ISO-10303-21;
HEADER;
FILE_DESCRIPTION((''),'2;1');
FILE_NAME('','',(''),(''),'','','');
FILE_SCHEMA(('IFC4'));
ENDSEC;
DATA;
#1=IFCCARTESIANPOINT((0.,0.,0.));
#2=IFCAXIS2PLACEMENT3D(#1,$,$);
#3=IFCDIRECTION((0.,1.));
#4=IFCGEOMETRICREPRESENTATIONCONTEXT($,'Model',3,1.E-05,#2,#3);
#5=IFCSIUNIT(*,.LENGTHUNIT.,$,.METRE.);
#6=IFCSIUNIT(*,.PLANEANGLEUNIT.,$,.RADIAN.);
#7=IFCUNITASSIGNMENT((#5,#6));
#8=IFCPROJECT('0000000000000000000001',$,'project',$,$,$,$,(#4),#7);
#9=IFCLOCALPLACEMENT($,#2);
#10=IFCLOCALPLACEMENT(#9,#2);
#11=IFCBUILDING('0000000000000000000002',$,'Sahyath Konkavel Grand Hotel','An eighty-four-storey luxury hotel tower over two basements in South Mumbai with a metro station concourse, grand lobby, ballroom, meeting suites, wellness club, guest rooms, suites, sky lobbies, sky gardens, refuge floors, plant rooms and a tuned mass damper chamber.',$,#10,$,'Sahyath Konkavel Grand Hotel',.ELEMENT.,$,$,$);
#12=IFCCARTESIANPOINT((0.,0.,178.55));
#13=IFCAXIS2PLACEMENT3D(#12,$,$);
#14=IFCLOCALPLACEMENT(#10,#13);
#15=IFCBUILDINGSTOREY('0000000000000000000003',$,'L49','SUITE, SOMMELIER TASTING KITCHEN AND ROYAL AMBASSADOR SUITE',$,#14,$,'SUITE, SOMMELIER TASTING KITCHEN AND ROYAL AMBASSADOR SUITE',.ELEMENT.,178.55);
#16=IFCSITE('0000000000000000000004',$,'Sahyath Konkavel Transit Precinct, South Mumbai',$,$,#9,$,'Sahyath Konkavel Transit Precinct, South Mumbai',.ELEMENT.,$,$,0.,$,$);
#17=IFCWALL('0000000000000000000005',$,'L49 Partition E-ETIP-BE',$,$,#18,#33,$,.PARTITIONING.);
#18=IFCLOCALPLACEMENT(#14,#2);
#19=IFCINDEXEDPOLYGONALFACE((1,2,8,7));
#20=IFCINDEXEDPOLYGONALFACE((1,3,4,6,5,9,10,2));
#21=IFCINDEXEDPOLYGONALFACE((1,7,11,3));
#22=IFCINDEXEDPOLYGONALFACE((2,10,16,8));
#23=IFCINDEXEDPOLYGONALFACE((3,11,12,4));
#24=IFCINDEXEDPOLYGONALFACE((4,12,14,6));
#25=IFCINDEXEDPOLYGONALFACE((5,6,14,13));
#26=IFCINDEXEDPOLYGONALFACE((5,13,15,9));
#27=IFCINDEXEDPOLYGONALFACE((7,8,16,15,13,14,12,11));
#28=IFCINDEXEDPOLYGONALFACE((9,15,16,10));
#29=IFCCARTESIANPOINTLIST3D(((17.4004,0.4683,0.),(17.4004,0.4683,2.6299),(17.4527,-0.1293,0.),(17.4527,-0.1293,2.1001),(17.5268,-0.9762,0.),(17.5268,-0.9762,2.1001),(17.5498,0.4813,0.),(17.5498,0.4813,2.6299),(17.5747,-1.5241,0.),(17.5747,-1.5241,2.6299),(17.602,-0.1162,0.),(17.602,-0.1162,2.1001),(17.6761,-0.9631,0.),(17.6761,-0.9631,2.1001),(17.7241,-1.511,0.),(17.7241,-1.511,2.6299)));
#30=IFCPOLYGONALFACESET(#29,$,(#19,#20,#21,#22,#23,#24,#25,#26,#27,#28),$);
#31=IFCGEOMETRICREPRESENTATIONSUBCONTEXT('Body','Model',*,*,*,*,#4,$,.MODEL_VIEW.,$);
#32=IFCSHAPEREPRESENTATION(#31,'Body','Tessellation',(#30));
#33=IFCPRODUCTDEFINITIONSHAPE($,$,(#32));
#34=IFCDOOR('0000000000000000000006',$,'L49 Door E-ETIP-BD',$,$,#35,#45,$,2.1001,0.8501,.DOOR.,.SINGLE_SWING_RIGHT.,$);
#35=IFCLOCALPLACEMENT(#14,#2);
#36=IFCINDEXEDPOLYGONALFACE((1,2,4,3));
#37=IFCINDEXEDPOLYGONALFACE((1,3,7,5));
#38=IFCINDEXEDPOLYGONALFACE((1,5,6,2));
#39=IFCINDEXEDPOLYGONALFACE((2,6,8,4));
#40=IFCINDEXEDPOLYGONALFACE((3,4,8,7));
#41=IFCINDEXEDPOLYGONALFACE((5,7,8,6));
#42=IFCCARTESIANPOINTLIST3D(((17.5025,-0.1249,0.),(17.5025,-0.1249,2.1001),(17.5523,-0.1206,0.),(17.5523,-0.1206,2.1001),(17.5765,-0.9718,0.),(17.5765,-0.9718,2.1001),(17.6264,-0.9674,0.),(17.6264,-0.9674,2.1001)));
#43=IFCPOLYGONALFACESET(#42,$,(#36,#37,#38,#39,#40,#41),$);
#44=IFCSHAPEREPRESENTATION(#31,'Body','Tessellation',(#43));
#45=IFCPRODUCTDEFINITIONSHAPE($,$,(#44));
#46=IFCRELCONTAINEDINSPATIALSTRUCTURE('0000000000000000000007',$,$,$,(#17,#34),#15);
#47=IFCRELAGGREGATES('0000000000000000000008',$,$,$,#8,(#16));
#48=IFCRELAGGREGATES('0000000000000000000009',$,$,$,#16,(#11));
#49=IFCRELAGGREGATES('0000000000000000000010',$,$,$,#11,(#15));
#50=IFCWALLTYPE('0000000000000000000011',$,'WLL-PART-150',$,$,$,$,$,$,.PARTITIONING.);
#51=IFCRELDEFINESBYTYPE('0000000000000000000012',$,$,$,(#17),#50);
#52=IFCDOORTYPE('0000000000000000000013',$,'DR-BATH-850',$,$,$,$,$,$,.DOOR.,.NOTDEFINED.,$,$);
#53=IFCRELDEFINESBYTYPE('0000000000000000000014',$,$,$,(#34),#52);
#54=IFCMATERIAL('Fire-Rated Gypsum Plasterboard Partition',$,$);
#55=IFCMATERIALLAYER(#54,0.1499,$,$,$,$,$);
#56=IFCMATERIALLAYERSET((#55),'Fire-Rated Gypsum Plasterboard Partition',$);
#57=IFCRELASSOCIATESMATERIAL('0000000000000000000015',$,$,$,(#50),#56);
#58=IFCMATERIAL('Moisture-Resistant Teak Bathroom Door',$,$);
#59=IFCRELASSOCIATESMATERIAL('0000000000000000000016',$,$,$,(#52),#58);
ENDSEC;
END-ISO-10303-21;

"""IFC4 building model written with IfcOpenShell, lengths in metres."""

from ifc_helpers import new_model, si_unit, direction, frame, frame_2d, origin, origin_2d, place, context, subcontext, project, spatial, rectangle, extrude, source, transform, mapped, material, layer, layer_set, type_object, element, fill, save


model = new_model("IFC4")

# Units and contexts
model_context = context("Model", 3, precision=1e-05, world=origin(), true_north=direction((0.0, 1.0)))
body_context = subcontext(model_context, "Body", "Model", "MODEL_VIEW")
ifc_project = project(units=[si_unit("LENGTHUNIT", "METRE"), si_unit("PLANEANGLEUNIT", "RADIAN")], contexts=[model_context])

# Site, building, storey
site_placement = place(None, origin())
site = spatial("IfcSite", under=ifc_project, at=site_placement, Name="Sahyath Konkavel Transit Precinct, South Mumbai", LongName="Sahyath Konkavel Transit Precinct, South Mumbai", CompositionType="ELEMENT", RefElevation=0.0)
building_placement = place(site_placement, origin())
building = spatial("IfcBuilding", under=site, at=building_placement, Name="Sahyath Konkavel Grand Hotel", Description="An eighty-four-storey luxury hotel tower over two basements in South Mumbai with a metro station concourse, grand lobby, ballroom, meeting suites, wellness club, guest rooms, suites, sky lobbies, sky gardens, refuge floors, plant rooms and a tuned mass damper chamber.", LongName="Sahyath Konkavel Grand Hotel", CompositionType="ELEMENT")
storey_placement = place(building_placement, frame((0.0, 0.0, 178.55)))
storey = spatial("IfcBuildingStorey", under=building, at=storey_placement, Name="L49", Description="SUITE, SOMMELIER TASTING KITCHEN AND ROYAL AMBASSADOR SUITE", LongName="SUITE, SOMMELIER TASTING KITCHEN AND ROYAL AMBASSADOR SUITE", CompositionType="ELEMENT", Elevation=178.55)

# Shared definitions
shared_shape_1 = source(origin(), body_context, "Body", "SweptSolid", [
    extrude(rectangle(XDim=0.8501, YDim=0.05, at=origin_2d()), origin(), (0.0, 0.0, 1.0), 2.1001),
])

# Shared definitions
ifc_material_1 = material(Name="Fire-Rated Gypsum Plasterboard Partition")
ifc_layer_1 = layer(ifc_material_1, 0.1499)
ifc_layer_set_1 = layer_set([ifc_layer_1], Name="Fire-Rated Gypsum Plasterboard Partition")
wall_type_1 = type_object("IfcWallType", Name="WLL-PART-150", PredefinedType="PARTITIONING", material=ifc_layer_set_1)

# Wall, opening, door
wall_1_placement = place(storey_placement, frame((17.6494, -1.5176, 0.0), z_axis=(0.0, 0.0, 1.0), x_axis=(-0.087156, 0.996195, 0.0)))
wall_1 = element("IfcWall", 1, at=wall_1_placement, inside=storey, type_object=wall_type_1, Name="L49 Partition E-ETIP-BE", PredefinedType="PARTITIONING", context=body_context, shape_type="SweptSolid", body=[
    extrude(rectangle(XDim=2.0, YDim=0.1499, at=frame_2d((1.0, 0.0))), origin(), (0.0, 0.0, 1.0), 2.6299),
])
opening_1_placement = place(wall_1_placement, frame((0.55, 0.0, 0.0)))
opening_1 = element("IfcOpeningElement", 2, at=opening_1_placement, cuts=wall_1, PredefinedType="OPENING", context=body_context, shape_type="SweptSolid", body=[
    extrude(rectangle(XDim=0.8501, YDim=2.1001, at=frame_2d((0.425, 1.05))), frame((0.0, 0.085, 0.0), z_axis=(0.0, -1.0, 0.0), x_axis=(1.0, 0.0, 0.0)), (0.0, 0.0, 1.0), 0.1699),
])
ifc_material_2 = material(Name="Moisture-Resistant Teak Bathroom Door")
door_type_1 = type_object("IfcDoorType", Name="DR-BATH-850", OperationType="NOTDEFINED", PredefinedType="DOOR", material=ifc_material_2)
door_1_placement = place(opening_1_placement, frame((0.425, 0.0, 0.0)))
door_1 = element("IfcDoor", 3, at=door_1_placement, inside=storey, type_object=door_type_1, Name="L49 Door E-ETIP-BD", OperationType="SINGLE_SWING_RIGHT", OverallHeight=2.1001, OverallWidth=0.8501, PredefinedType="DOOR", context=body_context, shape_type="MappedRepresentation", body=[
    mapped(shared_shape_1, transform((0.0, 0.0, 0.0), scale=1.0)),
])
fill(opening_1, door_1)

save(model, "model.ifc")
